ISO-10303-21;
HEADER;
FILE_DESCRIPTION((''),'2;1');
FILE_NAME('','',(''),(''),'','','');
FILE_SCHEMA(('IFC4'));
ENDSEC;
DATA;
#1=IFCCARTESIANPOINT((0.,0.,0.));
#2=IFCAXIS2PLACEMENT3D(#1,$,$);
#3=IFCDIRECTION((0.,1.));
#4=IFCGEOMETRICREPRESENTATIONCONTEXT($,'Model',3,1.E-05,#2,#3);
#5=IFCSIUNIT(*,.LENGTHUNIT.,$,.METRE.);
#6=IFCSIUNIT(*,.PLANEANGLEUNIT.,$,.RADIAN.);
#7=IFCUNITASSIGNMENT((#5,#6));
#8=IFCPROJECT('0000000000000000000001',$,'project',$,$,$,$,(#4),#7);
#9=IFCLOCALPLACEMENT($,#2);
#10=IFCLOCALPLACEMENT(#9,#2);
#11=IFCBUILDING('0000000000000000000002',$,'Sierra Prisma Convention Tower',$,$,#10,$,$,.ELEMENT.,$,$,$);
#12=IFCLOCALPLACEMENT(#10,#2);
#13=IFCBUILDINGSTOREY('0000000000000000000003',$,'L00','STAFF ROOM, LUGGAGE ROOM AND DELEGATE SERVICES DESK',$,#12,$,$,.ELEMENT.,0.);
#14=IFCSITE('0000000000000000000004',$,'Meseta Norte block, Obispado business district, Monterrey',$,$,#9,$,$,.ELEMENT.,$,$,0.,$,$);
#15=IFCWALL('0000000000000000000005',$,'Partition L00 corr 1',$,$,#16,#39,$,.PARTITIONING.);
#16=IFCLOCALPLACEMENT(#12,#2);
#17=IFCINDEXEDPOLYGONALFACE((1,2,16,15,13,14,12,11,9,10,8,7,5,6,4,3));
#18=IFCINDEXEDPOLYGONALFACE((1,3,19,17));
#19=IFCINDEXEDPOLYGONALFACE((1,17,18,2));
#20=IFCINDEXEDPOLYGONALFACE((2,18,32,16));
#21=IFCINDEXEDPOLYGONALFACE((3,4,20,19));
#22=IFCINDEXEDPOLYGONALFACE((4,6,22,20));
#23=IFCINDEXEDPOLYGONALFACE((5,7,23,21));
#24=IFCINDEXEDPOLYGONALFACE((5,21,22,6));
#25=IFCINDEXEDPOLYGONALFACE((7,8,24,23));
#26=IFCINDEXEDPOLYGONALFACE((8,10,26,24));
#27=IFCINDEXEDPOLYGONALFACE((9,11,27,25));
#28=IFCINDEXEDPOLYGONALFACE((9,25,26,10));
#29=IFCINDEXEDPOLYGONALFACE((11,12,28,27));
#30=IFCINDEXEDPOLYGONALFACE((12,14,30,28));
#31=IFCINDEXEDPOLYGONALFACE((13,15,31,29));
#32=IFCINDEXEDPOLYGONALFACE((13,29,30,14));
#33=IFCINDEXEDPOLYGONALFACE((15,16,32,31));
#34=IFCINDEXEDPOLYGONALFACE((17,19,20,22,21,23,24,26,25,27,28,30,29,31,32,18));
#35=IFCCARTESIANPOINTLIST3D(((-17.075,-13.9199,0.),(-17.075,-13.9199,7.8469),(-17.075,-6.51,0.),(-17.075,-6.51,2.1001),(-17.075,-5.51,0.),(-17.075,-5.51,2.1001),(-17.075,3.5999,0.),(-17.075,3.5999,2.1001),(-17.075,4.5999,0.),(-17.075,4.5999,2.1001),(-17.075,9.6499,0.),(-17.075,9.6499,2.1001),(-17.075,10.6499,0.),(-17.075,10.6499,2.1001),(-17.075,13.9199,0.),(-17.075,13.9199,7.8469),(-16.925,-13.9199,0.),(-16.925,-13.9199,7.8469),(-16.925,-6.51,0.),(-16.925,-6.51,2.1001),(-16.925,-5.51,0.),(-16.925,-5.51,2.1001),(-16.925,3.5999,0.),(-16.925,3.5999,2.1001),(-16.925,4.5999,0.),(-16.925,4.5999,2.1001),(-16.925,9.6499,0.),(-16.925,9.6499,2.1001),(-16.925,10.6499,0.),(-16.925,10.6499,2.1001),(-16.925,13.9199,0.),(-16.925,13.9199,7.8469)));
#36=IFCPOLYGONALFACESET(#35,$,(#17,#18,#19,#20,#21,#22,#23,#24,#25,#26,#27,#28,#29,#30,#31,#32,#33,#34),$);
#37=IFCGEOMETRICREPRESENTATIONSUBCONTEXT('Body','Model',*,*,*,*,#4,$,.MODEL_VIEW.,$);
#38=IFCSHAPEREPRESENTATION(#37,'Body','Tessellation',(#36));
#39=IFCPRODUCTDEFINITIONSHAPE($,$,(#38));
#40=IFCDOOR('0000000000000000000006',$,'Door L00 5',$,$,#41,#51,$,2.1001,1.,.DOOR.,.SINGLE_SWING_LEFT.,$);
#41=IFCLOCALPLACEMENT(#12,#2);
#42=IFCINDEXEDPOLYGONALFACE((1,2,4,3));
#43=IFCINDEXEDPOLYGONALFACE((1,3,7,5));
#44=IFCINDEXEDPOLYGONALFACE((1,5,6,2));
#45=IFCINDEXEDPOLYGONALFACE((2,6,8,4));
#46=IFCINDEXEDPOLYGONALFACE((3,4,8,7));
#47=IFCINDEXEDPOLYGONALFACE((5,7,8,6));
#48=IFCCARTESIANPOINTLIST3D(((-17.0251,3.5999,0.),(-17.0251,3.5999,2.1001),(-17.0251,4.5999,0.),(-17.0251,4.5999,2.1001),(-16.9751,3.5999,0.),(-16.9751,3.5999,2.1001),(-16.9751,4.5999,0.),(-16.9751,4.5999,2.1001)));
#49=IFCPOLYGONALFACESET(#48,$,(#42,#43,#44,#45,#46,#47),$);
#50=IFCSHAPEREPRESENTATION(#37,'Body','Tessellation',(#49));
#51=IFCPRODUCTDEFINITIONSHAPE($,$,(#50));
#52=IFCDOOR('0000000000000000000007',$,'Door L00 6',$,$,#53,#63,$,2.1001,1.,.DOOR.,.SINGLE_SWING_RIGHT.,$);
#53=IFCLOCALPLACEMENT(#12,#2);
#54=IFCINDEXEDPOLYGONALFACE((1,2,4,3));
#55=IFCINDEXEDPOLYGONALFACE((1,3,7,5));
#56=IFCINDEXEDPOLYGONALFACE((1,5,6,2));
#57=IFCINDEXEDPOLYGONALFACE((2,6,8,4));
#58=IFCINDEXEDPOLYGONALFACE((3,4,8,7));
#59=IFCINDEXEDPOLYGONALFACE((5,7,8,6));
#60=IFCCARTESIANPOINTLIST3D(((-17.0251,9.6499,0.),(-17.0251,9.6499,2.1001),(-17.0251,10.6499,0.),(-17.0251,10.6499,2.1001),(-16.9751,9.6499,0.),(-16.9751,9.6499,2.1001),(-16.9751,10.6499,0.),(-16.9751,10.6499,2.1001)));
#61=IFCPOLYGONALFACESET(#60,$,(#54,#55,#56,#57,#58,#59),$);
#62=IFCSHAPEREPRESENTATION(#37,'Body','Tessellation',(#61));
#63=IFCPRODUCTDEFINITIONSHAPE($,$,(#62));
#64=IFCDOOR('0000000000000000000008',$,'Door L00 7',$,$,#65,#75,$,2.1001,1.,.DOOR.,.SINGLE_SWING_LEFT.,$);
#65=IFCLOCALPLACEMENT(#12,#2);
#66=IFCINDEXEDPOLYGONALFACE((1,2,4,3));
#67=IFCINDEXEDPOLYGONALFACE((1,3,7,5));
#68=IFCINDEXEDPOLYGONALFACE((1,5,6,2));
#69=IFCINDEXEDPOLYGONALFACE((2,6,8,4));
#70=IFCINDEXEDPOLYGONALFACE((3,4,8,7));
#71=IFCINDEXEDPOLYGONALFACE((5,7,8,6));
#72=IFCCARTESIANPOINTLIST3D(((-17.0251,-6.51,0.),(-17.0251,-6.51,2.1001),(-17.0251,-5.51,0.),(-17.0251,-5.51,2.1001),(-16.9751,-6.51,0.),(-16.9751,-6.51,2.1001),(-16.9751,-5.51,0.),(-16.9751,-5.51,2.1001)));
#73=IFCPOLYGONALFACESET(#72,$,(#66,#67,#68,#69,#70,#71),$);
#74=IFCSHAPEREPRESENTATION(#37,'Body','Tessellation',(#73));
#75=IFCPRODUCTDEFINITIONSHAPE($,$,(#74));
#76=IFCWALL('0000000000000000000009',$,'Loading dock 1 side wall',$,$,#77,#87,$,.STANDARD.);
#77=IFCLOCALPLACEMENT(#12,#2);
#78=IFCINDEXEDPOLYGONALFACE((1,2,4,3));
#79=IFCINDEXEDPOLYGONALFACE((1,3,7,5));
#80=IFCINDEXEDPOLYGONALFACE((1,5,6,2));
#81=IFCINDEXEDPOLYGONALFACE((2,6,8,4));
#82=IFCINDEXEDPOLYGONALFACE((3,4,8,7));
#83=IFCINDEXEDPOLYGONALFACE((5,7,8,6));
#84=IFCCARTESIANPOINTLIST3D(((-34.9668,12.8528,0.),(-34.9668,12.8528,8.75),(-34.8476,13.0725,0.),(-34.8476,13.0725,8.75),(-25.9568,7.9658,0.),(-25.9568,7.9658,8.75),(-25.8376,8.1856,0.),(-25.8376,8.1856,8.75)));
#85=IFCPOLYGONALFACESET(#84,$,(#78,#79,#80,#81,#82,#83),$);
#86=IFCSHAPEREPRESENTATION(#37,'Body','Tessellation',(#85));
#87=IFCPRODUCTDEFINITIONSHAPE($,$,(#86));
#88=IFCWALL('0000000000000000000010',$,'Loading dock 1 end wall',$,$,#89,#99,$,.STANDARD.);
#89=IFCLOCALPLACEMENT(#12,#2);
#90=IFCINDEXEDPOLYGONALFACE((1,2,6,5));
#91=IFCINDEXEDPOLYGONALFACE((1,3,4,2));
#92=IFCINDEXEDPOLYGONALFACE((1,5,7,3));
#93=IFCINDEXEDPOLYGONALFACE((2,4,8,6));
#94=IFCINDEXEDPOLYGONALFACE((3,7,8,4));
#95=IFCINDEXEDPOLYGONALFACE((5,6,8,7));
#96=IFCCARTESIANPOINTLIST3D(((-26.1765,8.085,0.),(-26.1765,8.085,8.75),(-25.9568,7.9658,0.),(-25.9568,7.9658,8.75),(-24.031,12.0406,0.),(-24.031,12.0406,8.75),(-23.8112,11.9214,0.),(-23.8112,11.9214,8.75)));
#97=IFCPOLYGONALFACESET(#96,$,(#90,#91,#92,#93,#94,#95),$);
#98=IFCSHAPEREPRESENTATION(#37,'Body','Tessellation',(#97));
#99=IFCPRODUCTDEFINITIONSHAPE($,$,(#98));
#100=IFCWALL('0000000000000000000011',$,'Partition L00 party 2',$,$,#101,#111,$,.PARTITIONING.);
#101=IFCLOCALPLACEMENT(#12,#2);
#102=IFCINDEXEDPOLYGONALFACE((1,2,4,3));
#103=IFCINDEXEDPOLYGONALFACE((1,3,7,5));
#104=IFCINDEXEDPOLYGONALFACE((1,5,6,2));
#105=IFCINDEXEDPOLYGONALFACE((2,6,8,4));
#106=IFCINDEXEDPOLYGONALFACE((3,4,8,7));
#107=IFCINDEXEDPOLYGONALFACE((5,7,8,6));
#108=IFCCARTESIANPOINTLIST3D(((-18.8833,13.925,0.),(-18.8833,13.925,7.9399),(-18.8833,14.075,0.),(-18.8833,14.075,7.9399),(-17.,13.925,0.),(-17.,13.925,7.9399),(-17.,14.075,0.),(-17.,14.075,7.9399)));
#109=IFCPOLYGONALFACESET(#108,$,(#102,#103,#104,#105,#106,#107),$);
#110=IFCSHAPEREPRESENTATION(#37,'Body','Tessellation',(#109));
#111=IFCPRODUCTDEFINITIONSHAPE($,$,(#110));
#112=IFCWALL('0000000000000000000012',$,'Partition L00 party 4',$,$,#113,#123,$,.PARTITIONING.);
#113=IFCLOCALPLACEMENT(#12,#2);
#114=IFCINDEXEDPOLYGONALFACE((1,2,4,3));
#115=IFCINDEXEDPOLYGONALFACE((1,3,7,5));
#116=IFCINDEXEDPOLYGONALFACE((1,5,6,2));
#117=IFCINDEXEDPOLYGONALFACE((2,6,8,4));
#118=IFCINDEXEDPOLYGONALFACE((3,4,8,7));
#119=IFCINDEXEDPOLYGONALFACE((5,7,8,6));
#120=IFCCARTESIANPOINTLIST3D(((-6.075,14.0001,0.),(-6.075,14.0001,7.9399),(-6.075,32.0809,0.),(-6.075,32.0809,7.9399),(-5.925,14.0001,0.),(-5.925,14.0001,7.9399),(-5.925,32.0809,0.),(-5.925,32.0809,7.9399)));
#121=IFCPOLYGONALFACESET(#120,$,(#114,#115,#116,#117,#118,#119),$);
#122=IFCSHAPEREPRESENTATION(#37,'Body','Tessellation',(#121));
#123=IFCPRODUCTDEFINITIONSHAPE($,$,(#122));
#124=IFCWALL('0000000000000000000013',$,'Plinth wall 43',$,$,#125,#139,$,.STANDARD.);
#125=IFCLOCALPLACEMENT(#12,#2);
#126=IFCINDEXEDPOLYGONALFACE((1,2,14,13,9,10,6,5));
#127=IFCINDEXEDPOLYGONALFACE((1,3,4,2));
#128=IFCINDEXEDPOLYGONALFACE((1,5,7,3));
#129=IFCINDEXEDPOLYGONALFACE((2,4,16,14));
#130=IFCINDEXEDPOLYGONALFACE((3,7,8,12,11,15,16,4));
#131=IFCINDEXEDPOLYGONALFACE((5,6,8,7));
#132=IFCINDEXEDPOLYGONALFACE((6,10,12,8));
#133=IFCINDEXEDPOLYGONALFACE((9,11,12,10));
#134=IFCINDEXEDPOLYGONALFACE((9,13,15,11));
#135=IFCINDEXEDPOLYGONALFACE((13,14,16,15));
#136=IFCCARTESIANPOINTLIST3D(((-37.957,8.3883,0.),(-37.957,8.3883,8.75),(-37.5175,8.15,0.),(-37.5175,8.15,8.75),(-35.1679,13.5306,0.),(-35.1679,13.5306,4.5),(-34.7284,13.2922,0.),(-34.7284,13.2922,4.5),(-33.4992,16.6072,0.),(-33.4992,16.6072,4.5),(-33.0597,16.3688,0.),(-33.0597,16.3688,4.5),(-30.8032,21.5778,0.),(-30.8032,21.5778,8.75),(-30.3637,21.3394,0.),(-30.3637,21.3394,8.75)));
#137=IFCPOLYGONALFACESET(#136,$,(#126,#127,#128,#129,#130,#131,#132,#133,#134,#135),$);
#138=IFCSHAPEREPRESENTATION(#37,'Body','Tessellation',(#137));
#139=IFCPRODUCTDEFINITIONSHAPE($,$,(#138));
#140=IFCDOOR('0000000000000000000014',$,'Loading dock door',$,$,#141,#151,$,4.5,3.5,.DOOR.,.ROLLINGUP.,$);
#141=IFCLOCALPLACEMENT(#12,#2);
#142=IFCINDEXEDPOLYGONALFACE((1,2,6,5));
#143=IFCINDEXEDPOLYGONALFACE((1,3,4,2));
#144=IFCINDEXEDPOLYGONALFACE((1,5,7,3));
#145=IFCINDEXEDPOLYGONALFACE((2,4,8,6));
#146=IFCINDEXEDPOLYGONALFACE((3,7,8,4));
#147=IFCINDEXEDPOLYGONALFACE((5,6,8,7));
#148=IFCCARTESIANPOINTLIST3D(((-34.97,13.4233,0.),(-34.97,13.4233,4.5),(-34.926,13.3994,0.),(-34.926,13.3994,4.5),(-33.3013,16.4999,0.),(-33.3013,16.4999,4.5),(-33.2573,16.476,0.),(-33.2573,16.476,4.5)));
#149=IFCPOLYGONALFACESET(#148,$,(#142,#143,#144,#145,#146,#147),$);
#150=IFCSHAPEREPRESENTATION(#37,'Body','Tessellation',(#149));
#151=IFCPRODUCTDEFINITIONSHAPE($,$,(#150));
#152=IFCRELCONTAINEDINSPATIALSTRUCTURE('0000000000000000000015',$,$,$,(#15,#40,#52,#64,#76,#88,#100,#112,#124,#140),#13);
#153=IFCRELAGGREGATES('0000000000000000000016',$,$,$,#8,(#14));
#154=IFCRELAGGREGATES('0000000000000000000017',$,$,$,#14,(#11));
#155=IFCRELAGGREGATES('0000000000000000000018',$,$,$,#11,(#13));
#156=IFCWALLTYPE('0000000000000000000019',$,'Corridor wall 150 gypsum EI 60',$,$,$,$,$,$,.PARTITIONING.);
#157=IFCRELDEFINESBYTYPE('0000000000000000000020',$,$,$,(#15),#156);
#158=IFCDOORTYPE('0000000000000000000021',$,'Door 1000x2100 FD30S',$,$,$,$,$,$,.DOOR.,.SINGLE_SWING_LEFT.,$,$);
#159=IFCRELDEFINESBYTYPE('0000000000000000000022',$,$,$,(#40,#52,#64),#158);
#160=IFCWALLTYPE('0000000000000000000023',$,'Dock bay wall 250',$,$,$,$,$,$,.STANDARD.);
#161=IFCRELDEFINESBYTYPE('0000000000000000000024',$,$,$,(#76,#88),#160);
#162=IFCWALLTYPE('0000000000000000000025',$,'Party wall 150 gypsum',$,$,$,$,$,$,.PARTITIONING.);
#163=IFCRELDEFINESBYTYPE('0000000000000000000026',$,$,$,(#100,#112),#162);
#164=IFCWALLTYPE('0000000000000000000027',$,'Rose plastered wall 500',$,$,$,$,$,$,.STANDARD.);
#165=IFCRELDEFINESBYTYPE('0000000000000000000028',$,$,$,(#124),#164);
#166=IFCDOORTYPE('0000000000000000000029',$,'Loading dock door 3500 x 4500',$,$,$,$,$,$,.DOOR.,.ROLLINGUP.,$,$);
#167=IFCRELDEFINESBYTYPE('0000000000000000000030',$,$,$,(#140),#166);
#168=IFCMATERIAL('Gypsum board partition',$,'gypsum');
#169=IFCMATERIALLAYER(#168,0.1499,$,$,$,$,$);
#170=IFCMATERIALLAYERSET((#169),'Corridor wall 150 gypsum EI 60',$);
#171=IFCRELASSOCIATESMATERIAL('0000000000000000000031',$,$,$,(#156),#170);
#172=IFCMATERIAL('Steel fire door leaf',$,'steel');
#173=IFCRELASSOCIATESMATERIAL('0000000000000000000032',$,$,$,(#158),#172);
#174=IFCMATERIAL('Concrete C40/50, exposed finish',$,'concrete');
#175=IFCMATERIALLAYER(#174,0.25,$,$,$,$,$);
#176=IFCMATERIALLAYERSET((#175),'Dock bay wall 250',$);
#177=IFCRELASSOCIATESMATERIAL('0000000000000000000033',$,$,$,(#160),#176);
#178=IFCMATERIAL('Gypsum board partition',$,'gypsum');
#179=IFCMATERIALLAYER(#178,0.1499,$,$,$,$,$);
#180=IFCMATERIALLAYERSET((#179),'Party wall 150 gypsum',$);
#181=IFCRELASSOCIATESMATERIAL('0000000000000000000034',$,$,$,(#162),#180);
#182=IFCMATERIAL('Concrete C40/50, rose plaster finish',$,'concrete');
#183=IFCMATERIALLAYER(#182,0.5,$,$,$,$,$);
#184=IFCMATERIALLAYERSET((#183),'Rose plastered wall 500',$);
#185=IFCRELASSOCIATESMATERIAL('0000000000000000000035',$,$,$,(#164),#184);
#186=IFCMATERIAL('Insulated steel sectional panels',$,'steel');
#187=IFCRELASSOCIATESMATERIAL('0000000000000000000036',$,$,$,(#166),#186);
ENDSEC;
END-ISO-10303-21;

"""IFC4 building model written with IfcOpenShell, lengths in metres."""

from ifc_helpers import new_model, si_unit, direction, frame, frame_2d, origin, place, context, subcontext, project, spatial, rectangle, extrude, material, layer, layer_set, type_object, element, fill, save


model = new_model("IFC4")

# Units and contexts
model_context = context("Model", 3, precision=1e-05, world=origin(), true_north=direction((0.0, 1.0)))
body_context = subcontext(model_context, "Body", "Model", "MODEL_VIEW")
ifc_project = project(units=[si_unit("LENGTHUNIT", "METRE"), si_unit("PLANEANGLEUNIT", "RADIAN")], contexts=[model_context])

# Site, building, storey
site_placement = place(None, origin())
site = spatial("IfcSite", under=ifc_project, at=site_placement, Name="Meseta Norte block, Obispado business district, Monterrey", CompositionType="ELEMENT", RefElevation=0.0)
building_placement = place(site_placement, origin())
building = spatial("IfcBuilding", under=site, at=building_placement, Name="Sierra Prisma Convention Tower", CompositionType="ELEMENT")
storey_placement = place(building_placement, origin())
storey = spatial("IfcBuildingStorey", under=building, at=storey_placement, Name="L00", Description="STAFF ROOM, LUGGAGE ROOM AND DELEGATE SERVICES DESK", CompositionType="ELEMENT", Elevation=0.0)

# Wall, openings, doors
ifc_material_1 = material(Name="Gypsum board partition", Category="gypsum")
ifc_layer_1 = layer(ifc_material_1, 0.1499)
ifc_layer_set_1 = layer_set([ifc_layer_1], Name="Corridor wall 150 gypsum EI 60")
wall_type_1 = type_object("IfcWallType", Name="Corridor wall 150 gypsum EI 60", PredefinedType="PARTITIONING", material=ifc_layer_set_1)
wall_1_placement = place(storey_placement, frame((-17.0, 13.9199, 0.0), z_axis=(0.0, 0.0, 1.0), x_axis=(0.0, -1.0, 0.0)))
wall_1 = element("IfcWall", 1, at=wall_1_placement, inside=storey, type_object=wall_type_1, Name="Partition L00 corr 1", PredefinedType="PARTITIONING", context=body_context, shape_type="SweptSolid", body=[
    extrude(rectangle(XDim=27.8398, YDim=0.1499, at=frame_2d((13.9199, 0.0))), origin(), (0.0, 0.0, 1.0), 7.8469),
])
opening_1_placement = place(wall_1_placement, frame((9.3201, 0.0, 0.0)))
opening_1 = element("IfcOpeningElement", 2, at=opening_1_placement, cuts=wall_1, PredefinedType="OPENING", context=body_context, shape_type="SweptSolid", body=[
    extrude(rectangle(XDim=1.0, YDim=2.1001, at=frame_2d((0.5, 1.05))), frame((0.0, 0.075, 0.0), z_axis=(0.0, -1.0, 0.0), x_axis=(1.0, 0.0, 0.0)), (0.0, 0.0, 1.0), 0.1499),
])
opening_2_placement = place(wall_1_placement, frame((3.27, 0.0, 0.0)))
opening_2 = element("IfcOpeningElement", 3, at=opening_2_placement, cuts=wall_1, PredefinedType="OPENING", context=body_context, shape_type="SweptSolid", body=[
    extrude(rectangle(XDim=1.0, YDim=2.1001, at=frame_2d((0.5, 1.05))), frame((0.0, 0.075, 0.0), z_axis=(0.0, -1.0, 0.0), x_axis=(1.0, 0.0, 0.0)), (0.0, 0.0, 1.0), 0.1499),
])
opening_3_placement = place(wall_1_placement, frame((19.4299, 0.0, 0.0)))
opening_3 = element("IfcOpeningElement", 4, at=opening_3_placement, cuts=wall_1, PredefinedType="OPENING", context=body_context, shape_type="SweptSolid", body=[
    extrude(rectangle(XDim=1.0, YDim=2.1001, at=frame_2d((0.5, 1.05))), frame((0.0, 0.075, 0.0), z_axis=(0.0, -1.0, 0.0), x_axis=(1.0, 0.0, 0.0)), (0.0, 0.0, 1.0), 0.1499),
])
ifc_material_2 = material(Name="Steel fire door leaf", Category="steel")
door_type_1 = type_object("IfcDoorType", Name="Door 1000x2100 FD30S", OperationType="SINGLE_SWING_LEFT", PredefinedType="DOOR", material=ifc_material_2)
door_1_placement = place(opening_1_placement, origin())
door_1 = element("IfcDoor", 5, at=door_1_placement, inside=storey, type_object=door_type_1, Name="Door L00 5", OperationType="SINGLE_SWING_LEFT", OverallHeight=2.1001, OverallWidth=1.0, PredefinedType="DOOR", context=body_context, shape_type="SweptSolid", body=[
    extrude(rectangle(XDim=1.0, YDim=2.1001, at=frame_2d((0.5, 1.05))), frame((0.0, 0.0249, 0.0), z_axis=(0.0, -1.0, 0.0), x_axis=(1.0, 0.0, 0.0)), (0.0, 0.0, 1.0), 0.05),
])
fill(opening_1, door_1)
door_2_placement = place(opening_2_placement, origin())
door_2 = element("IfcDoor", 6, at=door_2_placement, inside=storey, type_object=door_type_1, Name="Door L00 6", OperationType="SINGLE_SWING_RIGHT", OverallHeight=2.1001, OverallWidth=1.0, PredefinedType="DOOR", context=body_context, shape_type="SweptSolid", body=[
    extrude(rectangle(XDim=1.0, YDim=2.1001, at=frame_2d((0.5, 1.05))), frame((0.0, 0.0249, 0.0), z_axis=(0.0, -1.0, 0.0), x_axis=(1.0, 0.0, 0.0)), (0.0, 0.0, 1.0), 0.05),
])
fill(opening_2, door_2)
door_3_placement = place(opening_3_placement, origin())
door_3 = element("IfcDoor", 7, at=door_3_placement, inside=storey, type_object=door_type_1, Name="Door L00 7", OperationType="SINGLE_SWING_LEFT", OverallHeight=2.1001, OverallWidth=1.0, PredefinedType="DOOR", context=body_context, shape_type="SweptSolid", body=[
    extrude(rectangle(XDim=1.0, YDim=2.1001, at=frame_2d((0.5, 1.05))), frame((0.0, 0.0249, 0.0), z_axis=(0.0, -1.0, 0.0), x_axis=(1.0, 0.0, 0.0)), (0.0, 0.0, 1.0), 0.05),
])
fill(opening_3, door_3)

# Walls
ifc_material_3 = material(Name="Concrete C40/50, exposed finish", Category="concrete")
ifc_layer_2 = layer(ifc_material_3, 0.25)
ifc_layer_set_2 = layer_set([ifc_layer_2], Name="Dock bay wall 250")
wall_type_2 = type_object("IfcWallType", Name="Dock bay wall 250", PredefinedType="STANDARD", material=ifc_layer_set_2)
wall_2_placement = place(storey_placement, frame((-34.9072, 12.9626, 0.0), z_axis=(0.0, 0.0, 1.0), x_axis=(0.879025, -0.476776, 0.0)))
element("IfcWall", 8, at=wall_2_placement, inside=storey, type_object=wall_type_2, Name="Loading dock 1 side wall", PredefinedType="STANDARD", context=body_context, shape_type="SweptSolid", body=[
    extrude(rectangle(XDim=10.25, YDim=0.25, at=frame_2d((5.125, 0.0))), origin(), (0.0, 0.0, 1.0), 8.75),
])
wall_3_placement = place(storey_placement, frame((-26.0667, 8.0254, 0.0), z_axis=(0.0, 0.0, 1.0), x_axis=(0.476783, 0.879021, 0.0)))
element("IfcWall", 9, at=wall_3_placement, inside=storey, type_object=wall_type_2, Name="Loading dock 1 end wall", PredefinedType="STANDARD", context=body_context, shape_type="SweptSolid", body=[
    extrude(rectangle(XDim=4.5, YDim=0.25, at=frame_2d((2.25, 0.0))), origin(), (0.0, 0.0, 1.0), 8.75),
])
ifc_material_4 = material(Name="Gypsum board partition", Category="gypsum")
ifc_layer_3 = layer(ifc_material_4, 0.1499)
ifc_layer_set_3 = layer_set([ifc_layer_3], Name="Party wall 150 gypsum")
wall_type_3 = type_object("IfcWallType", Name="Party wall 150 gypsum", PredefinedType="PARTITIONING", material=ifc_layer_set_3)
wall_4_placement = place(storey_placement, frame((-17.0, 14.0, 0.0), z_axis=(0.0, 0.0, 1.0), x_axis=(-1.0, 0.0, 0.0)))
element("IfcWall", 10, at=wall_4_placement, inside=storey, type_object=wall_type_3, Name="Partition L00 party 2", PredefinedType="PARTITIONING", context=body_context, shape_type="SweptSolid", body=[
    extrude(rectangle(XDim=1.8833, YDim=0.1499, at=frame_2d((0.9417, 0.0))), origin(), (0.0, 0.0, 1.0), 7.9399),
])
wall_5_placement = place(storey_placement, frame((-6.0, 14.0, 0.0), z_axis=(0.0, 0.0, 1.0), x_axis=(0.0, 1.0, 0.0)))
element("IfcWall", 11, at=wall_5_placement, inside=storey, type_object=wall_type_3, Name="Partition L00 party 4", PredefinedType="PARTITIONING", context=body_context, shape_type="SweptSolid", body=[
    extrude(rectangle(XDim=18.0808, YDim=0.1499, at=frame_2d((9.0405, 0.0))), origin(), (0.0, 0.0, 1.0), 7.9399),
])

# Wall, opening, door
ifc_material_5 = material(Name="Concrete C40/50, rose plaster finish", Category="concrete")
ifc_layer_4 = layer(ifc_material_5, 0.5)
ifc_layer_set_4 = layer_set([ifc_layer_4], Name="Rose plastered wall 500")
wall_type_4 = type_object("IfcWallType", Name="Rose plastered wall 500", PredefinedType="STANDARD", material=ifc_layer_set_4)
wall_6_placement = place(storey_placement, frame((-37.7373, 8.269, 0.0), z_axis=(0.0, 0.0, 1.0), x_axis=(0.476774, 0.879026, 0.0)))
wall_6 = element("IfcWall", 12, at=wall_6_placement, inside=storey, type_object=wall_type_4, Name="Plinth wall 43", PredefinedType="STANDARD", context=body_context, shape_type="SweptSolid", body=[
    extrude(rectangle(XDim=15.0046, YDim=0.5, at=frame_2d((7.5024, 0.0))), origin(), (0.0, 0.0, 1.0), 8.75),
])
opening_4_placement = place(wall_6_placement, frame((5.8501, 0.0, 0.0)))
opening_4 = element("IfcOpeningElement", 13, at=opening_4_placement, cuts=wall_6, PredefinedType="OPENING", context=body_context, shape_type="SweptSolid", body=[
    extrude(rectangle(XDim=3.5, YDim=4.5, at=frame_2d((1.75, 2.25))), frame((0.0, 0.25, 0.0), z_axis=(0.0, -1.0, 0.0), x_axis=(1.0, 0.0, 0.0)), (0.0, 0.0, 1.0), 0.5),
])
ifc_material_6 = material(Name="Insulated steel sectional panels", Category="steel")
door_type_2 = type_object("IfcDoorType", Name="Loading dock door 3500 x 4500", OperationType="ROLLINGUP", PredefinedType="DOOR", material=ifc_material_6)
door_4_placement = place(opening_4_placement, origin())
door_4 = element("IfcDoor", 14, at=door_4_placement, inside=storey, type_object=door_type_2, Name="Loading dock door", OperationType="ROLLINGUP", OverallHeight=4.5, OverallWidth=3.5, PredefinedType="DOOR", context=body_context, shape_type="SweptSolid", body=[
    extrude(rectangle(XDim=3.5, YDim=4.5, at=frame_2d((1.75, 2.25))), frame((0.0, 0.0249, 0.0), z_axis=(0.0, -1.0, 0.0), x_axis=(1.0, 0.0, 0.0)), (0.0, 0.0, 1.0), 0.05),
])
fill(opening_4, door_4)

save(model, "model.ifc")
